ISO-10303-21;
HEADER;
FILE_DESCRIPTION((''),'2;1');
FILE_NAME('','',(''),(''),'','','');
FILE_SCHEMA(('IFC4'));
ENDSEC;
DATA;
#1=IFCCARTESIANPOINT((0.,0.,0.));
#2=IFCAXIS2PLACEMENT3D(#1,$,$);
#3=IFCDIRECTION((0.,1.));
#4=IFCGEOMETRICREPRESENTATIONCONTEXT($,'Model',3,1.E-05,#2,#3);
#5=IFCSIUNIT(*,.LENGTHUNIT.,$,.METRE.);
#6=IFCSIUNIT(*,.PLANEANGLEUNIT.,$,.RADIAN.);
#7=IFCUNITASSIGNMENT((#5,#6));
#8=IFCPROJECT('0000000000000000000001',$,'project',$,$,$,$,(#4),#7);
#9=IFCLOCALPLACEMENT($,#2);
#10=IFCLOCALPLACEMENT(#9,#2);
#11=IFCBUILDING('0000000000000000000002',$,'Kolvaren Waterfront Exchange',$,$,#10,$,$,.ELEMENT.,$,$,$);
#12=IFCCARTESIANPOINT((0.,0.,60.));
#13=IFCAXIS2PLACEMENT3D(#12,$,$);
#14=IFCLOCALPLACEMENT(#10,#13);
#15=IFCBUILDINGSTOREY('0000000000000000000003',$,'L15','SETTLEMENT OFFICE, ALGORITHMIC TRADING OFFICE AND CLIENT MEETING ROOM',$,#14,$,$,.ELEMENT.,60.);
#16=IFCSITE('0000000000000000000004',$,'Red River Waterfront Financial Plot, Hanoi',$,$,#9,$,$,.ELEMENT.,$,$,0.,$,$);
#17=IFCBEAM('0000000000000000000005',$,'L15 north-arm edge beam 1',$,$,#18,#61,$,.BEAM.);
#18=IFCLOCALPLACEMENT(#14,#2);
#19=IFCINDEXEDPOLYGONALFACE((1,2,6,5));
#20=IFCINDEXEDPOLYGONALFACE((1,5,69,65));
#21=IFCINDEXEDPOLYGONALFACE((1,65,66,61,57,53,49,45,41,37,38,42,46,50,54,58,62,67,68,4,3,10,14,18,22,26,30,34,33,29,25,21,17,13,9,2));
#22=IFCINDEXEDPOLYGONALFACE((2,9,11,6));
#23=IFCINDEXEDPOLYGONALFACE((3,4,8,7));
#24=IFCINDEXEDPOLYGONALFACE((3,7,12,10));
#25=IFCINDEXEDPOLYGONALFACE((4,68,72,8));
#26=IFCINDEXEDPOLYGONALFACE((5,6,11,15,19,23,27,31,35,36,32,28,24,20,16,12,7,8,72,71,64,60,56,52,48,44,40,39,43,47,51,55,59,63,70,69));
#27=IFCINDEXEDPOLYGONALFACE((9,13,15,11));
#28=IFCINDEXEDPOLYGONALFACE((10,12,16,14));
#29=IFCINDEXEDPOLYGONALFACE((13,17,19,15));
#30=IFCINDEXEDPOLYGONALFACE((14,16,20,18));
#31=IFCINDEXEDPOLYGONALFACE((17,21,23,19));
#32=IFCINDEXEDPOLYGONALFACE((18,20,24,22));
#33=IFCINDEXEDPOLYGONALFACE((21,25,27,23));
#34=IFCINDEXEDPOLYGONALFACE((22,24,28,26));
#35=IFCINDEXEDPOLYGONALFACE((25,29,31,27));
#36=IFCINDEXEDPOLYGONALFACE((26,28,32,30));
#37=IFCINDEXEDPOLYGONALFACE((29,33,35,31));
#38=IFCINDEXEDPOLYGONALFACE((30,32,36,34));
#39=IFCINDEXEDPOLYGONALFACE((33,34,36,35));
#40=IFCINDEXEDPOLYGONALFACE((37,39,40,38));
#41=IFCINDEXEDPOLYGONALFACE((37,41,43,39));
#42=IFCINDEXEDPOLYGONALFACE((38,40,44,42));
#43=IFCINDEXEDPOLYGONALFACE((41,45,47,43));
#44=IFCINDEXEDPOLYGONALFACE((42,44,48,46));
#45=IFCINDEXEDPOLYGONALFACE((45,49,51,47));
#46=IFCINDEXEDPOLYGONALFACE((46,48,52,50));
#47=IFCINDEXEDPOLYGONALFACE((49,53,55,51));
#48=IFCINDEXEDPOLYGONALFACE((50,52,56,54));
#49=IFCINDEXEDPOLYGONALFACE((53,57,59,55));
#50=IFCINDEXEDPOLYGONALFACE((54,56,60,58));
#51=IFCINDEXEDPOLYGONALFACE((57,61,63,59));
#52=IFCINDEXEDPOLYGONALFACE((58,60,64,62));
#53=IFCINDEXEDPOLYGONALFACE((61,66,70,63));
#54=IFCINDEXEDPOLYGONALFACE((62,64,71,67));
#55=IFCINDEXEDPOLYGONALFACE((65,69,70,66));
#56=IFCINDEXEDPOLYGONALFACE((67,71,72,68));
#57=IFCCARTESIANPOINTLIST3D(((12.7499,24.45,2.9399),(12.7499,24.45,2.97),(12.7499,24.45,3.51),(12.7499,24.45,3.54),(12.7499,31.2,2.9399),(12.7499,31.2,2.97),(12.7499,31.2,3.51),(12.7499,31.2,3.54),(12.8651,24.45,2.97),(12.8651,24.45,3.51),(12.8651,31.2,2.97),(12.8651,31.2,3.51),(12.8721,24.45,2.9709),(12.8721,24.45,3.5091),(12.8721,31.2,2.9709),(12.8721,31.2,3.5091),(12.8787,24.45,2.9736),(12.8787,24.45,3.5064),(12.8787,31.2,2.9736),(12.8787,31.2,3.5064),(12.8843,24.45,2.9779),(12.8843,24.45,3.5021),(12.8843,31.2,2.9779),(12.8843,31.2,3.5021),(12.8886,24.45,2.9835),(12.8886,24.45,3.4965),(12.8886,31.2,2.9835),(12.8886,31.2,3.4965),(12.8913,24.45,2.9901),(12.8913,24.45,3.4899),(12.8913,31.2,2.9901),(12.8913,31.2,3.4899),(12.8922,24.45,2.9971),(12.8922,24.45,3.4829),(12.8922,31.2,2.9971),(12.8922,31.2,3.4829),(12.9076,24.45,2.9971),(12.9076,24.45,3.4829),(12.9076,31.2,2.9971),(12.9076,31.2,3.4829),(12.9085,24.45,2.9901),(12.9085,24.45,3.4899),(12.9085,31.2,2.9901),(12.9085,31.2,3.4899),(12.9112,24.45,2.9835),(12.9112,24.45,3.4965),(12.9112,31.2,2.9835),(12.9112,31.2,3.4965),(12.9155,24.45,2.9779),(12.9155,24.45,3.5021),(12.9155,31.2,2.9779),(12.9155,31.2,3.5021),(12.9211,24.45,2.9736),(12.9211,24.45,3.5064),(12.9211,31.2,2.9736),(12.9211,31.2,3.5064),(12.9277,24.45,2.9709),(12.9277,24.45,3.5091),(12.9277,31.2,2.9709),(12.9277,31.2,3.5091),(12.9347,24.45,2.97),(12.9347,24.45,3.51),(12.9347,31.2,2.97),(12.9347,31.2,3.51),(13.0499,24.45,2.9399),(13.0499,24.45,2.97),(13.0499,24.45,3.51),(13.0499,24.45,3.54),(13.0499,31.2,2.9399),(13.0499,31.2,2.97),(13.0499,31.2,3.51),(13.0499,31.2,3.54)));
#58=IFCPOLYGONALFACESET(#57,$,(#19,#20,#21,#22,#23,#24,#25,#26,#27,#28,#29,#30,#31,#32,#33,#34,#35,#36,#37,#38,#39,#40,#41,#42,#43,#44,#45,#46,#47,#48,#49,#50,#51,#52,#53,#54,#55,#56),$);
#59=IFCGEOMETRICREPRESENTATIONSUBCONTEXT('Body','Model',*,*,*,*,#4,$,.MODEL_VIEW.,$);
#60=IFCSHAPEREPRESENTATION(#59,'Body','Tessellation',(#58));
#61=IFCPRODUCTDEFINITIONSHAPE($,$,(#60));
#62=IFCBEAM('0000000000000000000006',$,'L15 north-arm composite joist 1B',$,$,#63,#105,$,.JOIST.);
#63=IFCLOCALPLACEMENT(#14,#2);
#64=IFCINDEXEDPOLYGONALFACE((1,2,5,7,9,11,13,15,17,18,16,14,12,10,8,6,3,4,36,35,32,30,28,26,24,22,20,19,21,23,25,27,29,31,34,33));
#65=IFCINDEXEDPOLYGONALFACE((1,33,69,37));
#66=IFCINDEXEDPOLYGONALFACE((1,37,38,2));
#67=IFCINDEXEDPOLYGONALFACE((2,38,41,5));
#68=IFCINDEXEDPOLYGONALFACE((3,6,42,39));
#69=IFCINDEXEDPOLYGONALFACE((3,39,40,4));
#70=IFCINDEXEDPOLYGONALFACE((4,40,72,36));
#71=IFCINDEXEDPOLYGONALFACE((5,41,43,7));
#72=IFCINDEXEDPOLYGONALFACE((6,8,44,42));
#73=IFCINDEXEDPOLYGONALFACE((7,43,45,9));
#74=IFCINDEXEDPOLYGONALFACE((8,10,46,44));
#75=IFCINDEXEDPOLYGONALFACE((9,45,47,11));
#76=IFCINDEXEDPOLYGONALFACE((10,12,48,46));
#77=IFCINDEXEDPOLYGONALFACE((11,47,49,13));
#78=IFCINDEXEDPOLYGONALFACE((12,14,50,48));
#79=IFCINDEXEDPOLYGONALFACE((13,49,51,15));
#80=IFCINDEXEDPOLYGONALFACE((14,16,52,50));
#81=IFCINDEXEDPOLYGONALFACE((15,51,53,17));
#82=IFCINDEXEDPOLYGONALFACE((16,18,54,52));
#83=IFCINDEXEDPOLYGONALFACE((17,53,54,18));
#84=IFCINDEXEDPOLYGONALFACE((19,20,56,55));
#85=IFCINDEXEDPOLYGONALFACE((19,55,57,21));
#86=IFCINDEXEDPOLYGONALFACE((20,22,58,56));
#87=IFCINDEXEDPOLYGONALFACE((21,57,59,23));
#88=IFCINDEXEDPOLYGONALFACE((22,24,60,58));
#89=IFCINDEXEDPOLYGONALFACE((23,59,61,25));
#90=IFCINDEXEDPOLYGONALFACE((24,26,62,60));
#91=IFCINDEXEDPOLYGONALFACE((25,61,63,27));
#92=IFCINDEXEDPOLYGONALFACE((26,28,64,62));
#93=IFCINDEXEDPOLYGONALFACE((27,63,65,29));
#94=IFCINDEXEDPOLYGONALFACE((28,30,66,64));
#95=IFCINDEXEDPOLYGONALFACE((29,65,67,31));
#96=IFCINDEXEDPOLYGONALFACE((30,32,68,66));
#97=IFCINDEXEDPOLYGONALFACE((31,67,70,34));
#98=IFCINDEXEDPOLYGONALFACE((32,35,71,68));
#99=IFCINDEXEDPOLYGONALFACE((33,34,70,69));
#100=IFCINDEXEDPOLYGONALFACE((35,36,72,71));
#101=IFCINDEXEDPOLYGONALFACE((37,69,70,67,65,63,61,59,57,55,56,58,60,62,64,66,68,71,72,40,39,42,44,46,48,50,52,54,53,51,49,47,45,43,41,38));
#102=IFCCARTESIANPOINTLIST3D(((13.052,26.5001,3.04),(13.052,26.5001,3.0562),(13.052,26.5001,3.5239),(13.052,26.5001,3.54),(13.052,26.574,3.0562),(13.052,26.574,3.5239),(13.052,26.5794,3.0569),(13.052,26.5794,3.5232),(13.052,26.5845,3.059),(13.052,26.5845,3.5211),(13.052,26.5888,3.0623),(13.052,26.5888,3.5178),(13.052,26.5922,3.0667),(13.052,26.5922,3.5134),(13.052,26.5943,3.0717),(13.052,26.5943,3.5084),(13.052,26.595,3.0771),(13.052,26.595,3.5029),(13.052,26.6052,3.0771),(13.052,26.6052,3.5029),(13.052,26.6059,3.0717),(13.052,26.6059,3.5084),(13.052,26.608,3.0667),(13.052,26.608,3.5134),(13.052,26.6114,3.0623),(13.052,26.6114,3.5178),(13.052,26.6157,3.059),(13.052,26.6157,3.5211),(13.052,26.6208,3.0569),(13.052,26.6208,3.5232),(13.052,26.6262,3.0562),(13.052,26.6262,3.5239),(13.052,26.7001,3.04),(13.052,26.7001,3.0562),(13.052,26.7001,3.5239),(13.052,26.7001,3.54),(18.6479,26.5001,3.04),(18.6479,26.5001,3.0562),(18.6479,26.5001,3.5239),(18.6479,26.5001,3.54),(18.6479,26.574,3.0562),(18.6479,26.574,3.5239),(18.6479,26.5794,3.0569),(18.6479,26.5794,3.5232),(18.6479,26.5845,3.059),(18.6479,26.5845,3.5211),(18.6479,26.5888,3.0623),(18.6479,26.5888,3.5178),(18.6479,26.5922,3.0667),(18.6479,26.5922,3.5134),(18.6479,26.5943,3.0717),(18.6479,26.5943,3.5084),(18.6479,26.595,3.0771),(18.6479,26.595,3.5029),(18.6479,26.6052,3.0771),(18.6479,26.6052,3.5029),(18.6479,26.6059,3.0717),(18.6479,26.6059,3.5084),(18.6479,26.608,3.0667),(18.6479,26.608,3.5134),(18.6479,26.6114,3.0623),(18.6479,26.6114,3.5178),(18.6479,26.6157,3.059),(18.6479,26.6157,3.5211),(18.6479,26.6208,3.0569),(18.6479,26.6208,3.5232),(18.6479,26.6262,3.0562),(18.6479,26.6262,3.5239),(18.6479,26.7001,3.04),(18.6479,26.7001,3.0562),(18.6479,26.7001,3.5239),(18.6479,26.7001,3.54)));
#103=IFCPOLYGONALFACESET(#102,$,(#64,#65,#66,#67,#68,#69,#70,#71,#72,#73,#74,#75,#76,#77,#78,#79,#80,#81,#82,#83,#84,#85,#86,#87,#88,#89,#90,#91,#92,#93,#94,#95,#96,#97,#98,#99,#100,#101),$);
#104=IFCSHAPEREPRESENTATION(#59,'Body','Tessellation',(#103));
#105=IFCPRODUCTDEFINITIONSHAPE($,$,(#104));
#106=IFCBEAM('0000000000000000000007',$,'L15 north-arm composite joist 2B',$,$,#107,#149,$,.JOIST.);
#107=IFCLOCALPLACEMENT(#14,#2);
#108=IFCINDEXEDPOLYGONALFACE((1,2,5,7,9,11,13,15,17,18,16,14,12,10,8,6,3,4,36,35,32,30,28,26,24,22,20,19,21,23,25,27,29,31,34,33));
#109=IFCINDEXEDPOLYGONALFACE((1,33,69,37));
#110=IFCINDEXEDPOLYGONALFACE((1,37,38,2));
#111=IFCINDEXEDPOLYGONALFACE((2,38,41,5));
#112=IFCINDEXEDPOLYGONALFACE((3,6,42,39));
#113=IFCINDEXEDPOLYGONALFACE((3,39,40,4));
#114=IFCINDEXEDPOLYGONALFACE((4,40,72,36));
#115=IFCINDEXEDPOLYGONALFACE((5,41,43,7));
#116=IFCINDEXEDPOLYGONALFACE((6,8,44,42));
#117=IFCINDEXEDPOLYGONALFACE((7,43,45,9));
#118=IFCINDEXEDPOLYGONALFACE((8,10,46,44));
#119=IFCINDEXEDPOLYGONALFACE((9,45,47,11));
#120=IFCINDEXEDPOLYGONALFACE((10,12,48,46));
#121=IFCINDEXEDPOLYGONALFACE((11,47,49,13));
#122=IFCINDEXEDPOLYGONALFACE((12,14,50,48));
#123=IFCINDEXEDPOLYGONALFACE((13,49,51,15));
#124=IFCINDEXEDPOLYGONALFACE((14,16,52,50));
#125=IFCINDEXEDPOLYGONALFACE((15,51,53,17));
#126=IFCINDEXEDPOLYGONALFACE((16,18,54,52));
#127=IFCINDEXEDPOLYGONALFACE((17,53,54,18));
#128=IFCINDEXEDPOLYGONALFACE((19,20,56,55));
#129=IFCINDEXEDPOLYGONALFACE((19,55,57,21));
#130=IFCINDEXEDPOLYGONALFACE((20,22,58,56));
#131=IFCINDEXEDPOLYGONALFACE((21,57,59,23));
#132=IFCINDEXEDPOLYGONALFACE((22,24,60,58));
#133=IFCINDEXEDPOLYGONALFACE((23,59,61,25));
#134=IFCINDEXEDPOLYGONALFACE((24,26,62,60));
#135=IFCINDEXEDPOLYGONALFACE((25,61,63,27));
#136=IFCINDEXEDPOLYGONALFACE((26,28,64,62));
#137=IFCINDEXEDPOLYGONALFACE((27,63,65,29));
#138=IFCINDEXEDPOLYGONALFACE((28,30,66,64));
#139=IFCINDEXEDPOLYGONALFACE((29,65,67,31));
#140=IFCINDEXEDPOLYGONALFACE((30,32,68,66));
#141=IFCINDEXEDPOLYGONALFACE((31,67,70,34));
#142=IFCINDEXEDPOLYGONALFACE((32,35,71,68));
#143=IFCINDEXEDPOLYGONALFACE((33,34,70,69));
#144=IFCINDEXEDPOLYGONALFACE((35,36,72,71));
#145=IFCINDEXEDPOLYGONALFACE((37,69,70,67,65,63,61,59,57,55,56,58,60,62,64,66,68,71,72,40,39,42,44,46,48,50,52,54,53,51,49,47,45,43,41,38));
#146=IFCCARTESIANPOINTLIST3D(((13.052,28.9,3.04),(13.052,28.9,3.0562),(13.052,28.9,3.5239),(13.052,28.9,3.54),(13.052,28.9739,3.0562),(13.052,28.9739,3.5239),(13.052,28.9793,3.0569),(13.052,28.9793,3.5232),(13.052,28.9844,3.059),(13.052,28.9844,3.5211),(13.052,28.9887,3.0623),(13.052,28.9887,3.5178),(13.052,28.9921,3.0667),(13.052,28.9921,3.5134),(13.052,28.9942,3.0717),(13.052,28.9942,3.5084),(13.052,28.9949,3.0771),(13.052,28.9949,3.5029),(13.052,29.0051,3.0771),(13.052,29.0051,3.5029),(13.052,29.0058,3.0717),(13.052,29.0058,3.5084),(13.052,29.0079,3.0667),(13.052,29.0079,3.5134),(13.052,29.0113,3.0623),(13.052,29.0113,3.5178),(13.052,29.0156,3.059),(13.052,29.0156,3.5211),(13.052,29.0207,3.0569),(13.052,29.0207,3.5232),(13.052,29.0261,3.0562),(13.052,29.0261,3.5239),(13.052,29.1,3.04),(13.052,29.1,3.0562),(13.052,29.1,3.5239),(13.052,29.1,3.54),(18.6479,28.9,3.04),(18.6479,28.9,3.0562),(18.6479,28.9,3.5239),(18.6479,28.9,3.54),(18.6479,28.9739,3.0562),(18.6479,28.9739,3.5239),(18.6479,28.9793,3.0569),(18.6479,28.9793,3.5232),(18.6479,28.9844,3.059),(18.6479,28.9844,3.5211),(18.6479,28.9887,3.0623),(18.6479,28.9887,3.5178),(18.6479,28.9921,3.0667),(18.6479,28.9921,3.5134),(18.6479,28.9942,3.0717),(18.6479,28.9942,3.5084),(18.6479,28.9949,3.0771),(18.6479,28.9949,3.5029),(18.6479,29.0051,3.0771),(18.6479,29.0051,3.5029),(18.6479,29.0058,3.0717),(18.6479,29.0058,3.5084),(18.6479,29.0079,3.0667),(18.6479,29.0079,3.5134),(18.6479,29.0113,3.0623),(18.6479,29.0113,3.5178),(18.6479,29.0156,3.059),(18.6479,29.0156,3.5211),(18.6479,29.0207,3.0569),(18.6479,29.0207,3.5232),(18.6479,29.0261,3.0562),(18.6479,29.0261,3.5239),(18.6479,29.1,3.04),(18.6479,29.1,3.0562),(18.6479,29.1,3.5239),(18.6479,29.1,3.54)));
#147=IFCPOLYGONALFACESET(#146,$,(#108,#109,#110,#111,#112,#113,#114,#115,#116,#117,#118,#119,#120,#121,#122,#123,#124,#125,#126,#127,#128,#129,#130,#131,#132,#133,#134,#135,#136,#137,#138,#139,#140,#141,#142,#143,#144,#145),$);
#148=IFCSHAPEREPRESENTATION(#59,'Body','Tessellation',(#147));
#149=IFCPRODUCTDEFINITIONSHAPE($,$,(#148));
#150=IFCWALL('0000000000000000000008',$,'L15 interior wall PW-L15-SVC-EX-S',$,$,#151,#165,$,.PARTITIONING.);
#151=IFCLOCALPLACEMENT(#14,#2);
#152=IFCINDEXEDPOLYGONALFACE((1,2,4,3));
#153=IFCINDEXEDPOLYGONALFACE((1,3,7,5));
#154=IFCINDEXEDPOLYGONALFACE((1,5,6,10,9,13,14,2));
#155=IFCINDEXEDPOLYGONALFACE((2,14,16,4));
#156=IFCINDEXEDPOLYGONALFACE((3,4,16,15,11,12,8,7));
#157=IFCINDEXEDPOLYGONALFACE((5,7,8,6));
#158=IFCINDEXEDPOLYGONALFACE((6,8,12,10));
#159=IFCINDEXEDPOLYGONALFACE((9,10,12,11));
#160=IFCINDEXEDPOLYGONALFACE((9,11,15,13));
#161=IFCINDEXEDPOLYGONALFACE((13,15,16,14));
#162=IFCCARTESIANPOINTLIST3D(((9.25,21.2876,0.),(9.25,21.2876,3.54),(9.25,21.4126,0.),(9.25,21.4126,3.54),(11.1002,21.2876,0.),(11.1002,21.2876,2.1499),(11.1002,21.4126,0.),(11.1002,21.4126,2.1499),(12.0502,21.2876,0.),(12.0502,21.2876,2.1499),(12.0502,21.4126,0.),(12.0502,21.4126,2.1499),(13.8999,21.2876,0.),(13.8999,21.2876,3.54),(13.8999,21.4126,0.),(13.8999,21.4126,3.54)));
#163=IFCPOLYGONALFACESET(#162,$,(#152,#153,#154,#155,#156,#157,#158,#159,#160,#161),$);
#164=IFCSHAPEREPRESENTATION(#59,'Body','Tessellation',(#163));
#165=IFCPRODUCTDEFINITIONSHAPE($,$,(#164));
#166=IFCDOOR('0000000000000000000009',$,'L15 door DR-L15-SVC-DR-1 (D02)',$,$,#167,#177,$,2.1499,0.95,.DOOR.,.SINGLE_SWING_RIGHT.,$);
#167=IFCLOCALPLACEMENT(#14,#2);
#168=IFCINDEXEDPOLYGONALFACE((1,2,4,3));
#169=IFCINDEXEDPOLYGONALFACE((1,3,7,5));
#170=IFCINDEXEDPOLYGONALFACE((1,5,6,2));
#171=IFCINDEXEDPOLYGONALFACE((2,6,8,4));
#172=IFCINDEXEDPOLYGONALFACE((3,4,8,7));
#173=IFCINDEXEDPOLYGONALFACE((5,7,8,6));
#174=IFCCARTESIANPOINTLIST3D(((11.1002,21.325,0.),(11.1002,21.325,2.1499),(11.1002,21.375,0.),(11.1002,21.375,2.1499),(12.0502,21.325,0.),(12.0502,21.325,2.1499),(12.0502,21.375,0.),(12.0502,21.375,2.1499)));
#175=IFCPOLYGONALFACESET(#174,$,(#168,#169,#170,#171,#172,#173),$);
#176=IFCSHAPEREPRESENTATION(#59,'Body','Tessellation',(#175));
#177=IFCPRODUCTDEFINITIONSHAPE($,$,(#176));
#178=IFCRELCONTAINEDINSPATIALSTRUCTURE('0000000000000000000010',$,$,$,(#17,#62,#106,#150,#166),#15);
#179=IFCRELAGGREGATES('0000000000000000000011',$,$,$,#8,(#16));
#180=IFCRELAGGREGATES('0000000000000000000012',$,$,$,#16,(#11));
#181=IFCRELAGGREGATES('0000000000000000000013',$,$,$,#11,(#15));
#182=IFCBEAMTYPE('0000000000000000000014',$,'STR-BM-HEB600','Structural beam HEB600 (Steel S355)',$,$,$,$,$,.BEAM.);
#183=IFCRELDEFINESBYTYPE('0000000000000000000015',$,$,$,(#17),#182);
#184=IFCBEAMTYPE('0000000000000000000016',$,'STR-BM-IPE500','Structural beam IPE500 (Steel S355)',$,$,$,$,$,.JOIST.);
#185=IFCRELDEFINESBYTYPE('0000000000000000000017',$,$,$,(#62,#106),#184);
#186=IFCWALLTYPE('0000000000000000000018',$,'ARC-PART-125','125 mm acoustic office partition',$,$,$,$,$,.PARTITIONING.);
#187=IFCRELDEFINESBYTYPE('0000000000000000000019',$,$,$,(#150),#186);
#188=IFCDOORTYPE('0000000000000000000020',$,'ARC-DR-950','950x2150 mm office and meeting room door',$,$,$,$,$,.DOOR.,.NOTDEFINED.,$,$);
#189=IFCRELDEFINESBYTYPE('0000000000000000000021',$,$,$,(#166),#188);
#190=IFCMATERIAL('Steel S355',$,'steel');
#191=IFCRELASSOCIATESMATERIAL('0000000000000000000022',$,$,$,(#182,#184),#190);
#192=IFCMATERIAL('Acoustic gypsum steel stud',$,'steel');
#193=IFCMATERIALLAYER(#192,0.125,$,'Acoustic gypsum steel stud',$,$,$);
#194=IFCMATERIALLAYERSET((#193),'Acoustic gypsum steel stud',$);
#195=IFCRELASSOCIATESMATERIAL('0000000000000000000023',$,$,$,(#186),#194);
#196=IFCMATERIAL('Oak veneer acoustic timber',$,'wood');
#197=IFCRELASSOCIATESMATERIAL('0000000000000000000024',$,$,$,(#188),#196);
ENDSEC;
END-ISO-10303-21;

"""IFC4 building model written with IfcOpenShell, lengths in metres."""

from ifc_helpers import new_model, si_unit, direction, frame, frame_2d, origin, origin_2d, place, context, subcontext, project, spatial, rectangle, i_section, extrude, material, layer, layer_set, material_profile, profile_set, type_object, element, fill, save


model = new_model("IFC4")

# Units and contexts
model_context = context("Model", 3, precision=1e-05, world=origin(), true_north=direction((0.0, 1.0)))
body_context = subcontext(model_context, "Body", "Model", "MODEL_VIEW")
ifc_project = project(units=[si_unit("LENGTHUNIT", "METRE"), si_unit("PLANEANGLEUNIT", "RADIAN")], contexts=[model_context])

# Site, building, storey
site_placement = place(None, origin())
site = spatial("IfcSite", under=ifc_project, at=site_placement, Name="Red River Waterfront Financial Plot, Hanoi", CompositionType="ELEMENT", RefElevation=0.0)
building_placement = place(site_placement, origin())
building = spatial("IfcBuilding", under=site, at=building_placement, Name="Kolvaren Waterfront Exchange", CompositionType="ELEMENT")
storey_placement = place(building_placement, frame((0.0, 0.0, 60.0)))
storey = spatial("IfcBuildingStorey", under=building, at=storey_placement, Name="L15", Description="SETTLEMENT OFFICE, ALGORITHMIC TRADING OFFICE AND CLIENT MEETING ROOM", CompositionType="ELEMENT", Elevation=60.0)

# Beams
ifc_material_1 = material(Name="Steel S355", Category="steel")
ifc_material_profile_1 = material_profile(ifc_material_1, i_section(OverallWidth=0.3, OverallDepth=0.6001, WebThickness=0.0154, FlangeThickness=0.03, FilletRadius=0.0271, at=origin_2d()), Name="HEB600")
ifc_profile_set_1 = profile_set([ifc_material_profile_1], Name="Steel S355")
beam_type_1 = type_object("IfcBeamType", Name="STR-BM-HEB600", Description="Structural beam HEB600 (Steel S355)", PredefinedType="BEAM", material=ifc_profile_set_1)
beam_1_placement = place(storey_placement, frame((12.8999, 24.45, 3.24), z_axis=(0.0, 1.0, 0.0), x_axis=(-1.0, 0.0, 0.0)))
element("IfcBeam", 1, at=beam_1_placement, inside=storey, type_object=beam_type_1, Name="L15 north-arm edge beam 1", PredefinedType="BEAM", context=body_context, shape_type="SweptSolid", body=[
    extrude(i_section(OverallWidth=0.3, OverallDepth=0.6001, WebThickness=0.0154, FlangeThickness=0.03, FilletRadius=0.0271, at=origin_2d()), origin(), (0.0, 0.0, 1.0), 6.75),
])
ifc_material_profile_2 = material_profile(ifc_material_1, i_section(OverallWidth=0.2, OverallDepth=0.5, WebThickness=0.0103, FlangeThickness=0.0161, FilletRadius=0.021, at=origin_2d()), Name="IPE500")
ifc_profile_set_2 = profile_set([ifc_material_profile_2], Name="Steel S355")
beam_type_2 = type_object("IfcBeamType", Name="STR-BM-IPE500", Description="Structural beam IPE500 (Steel S355)", PredefinedType="JOIST", material=ifc_profile_set_2)
for number, where, z_axis, x_axis, name in (
    (2, (13.052, 26.6001, 3.29), (1.0, 0.0, 0.0), (0.0, 1.0, 0.0), "L15 north-arm composite joist 1B"),
    (3, (13.052, 29.0, 3.29), (1.0, 0.0, 0.0), (0.0, 1.0, 0.0), "L15 north-arm composite joist 2B"),
):
    element("IfcBeam", number, at=place(storey_placement, frame(where, z_axis=z_axis, x_axis=x_axis)), inside=storey, type_object=beam_type_2, Name=name, PredefinedType="JOIST", context=body_context, shape_type="SweptSolid", body=[
        extrude(i_section(OverallWidth=0.2, OverallDepth=0.5, WebThickness=0.0103, FlangeThickness=0.0161, FilletRadius=0.021, at=origin_2d()), origin(), (0.0, 0.0, 1.0), 5.5959),
    ])

# Wall, opening, door
ifc_material_2 = material(Name="Acoustic gypsum steel stud", Category="steel")
ifc_layer_1 = layer(ifc_material_2, 0.125, Name="Acoustic gypsum steel stud")
ifc_layer_set_1 = layer_set([ifc_layer_1], Name="Acoustic gypsum steel stud")
wall_type_1 = type_object("IfcWallType", Name="ARC-PART-125", Description="125 mm acoustic office partition", PredefinedType="PARTITIONING", material=ifc_layer_set_1)
wall_1_placement = place(storey_placement, frame((9.25, 21.3501, 0.0), z_axis=(0.0, 0.0, 1.0), x_axis=(1.0, 0.0, 0.0)))
wall_1 = element("IfcWall", 4, at=wall_1_placement, inside=storey, type_object=wall_type_1, Name="L15 interior wall PW-L15-SVC-EX-S", PredefinedType="PARTITIONING", context=body_context, shape_type="SweptSolid", body=[
    extrude(rectangle(XDim=4.6499, YDim=0.125, at=frame_2d((2.325, 0.0))), origin(), (0.0, 0.0, 1.0), 3.54),
])
opening_1_placement = place(wall_1_placement, frame((1.8501, 0.0, 0.0)))
opening_1 = element("IfcOpeningElement", 5, at=opening_1_placement, cuts=wall_1, PredefinedType="OPENING", context=body_context, shape_type="SweptSolid", body=[
    extrude(rectangle(XDim=0.95, YDim=2.1499, at=frame_2d((0.4751, 1.075))), frame((0.0, 0.0725, 0.0), z_axis=(0.0, -1.0, 0.0), x_axis=(1.0, 0.0, 0.0)), (0.0, 0.0, 1.0), 0.145),
])
ifc_material_3 = material(Name="Oak veneer acoustic timber", Category="wood")
door_type_1 = type_object("IfcDoorType", Name="ARC-DR-950", Description="950x2150 mm office and meeting room door", OperationType="NOTDEFINED", PredefinedType="DOOR", material=ifc_material_3)
door_1_placement = place(opening_1_placement, origin())
door_1 = element("IfcDoor", 6, at=door_1_placement, inside=storey, type_object=door_type_1, Name="L15 door DR-L15-SVC-DR-1 (D02)", OperationType="SINGLE_SWING_RIGHT", OverallHeight=2.1499, OverallWidth=0.95, PredefinedType="DOOR", context=body_context, shape_type="SweptSolid", body=[
    extrude(rectangle(XDim=0.95, YDim=2.1499, at=frame_2d((0.4751, 1.075))), frame((0.0, 0.0249, 0.0), z_axis=(0.0, -1.0, 0.0), x_axis=(1.0, 0.0, 0.0)), (0.0, 0.0, 1.0), 0.05),
])
fill(opening_1, door_1)

save(model, "model.ifc")
